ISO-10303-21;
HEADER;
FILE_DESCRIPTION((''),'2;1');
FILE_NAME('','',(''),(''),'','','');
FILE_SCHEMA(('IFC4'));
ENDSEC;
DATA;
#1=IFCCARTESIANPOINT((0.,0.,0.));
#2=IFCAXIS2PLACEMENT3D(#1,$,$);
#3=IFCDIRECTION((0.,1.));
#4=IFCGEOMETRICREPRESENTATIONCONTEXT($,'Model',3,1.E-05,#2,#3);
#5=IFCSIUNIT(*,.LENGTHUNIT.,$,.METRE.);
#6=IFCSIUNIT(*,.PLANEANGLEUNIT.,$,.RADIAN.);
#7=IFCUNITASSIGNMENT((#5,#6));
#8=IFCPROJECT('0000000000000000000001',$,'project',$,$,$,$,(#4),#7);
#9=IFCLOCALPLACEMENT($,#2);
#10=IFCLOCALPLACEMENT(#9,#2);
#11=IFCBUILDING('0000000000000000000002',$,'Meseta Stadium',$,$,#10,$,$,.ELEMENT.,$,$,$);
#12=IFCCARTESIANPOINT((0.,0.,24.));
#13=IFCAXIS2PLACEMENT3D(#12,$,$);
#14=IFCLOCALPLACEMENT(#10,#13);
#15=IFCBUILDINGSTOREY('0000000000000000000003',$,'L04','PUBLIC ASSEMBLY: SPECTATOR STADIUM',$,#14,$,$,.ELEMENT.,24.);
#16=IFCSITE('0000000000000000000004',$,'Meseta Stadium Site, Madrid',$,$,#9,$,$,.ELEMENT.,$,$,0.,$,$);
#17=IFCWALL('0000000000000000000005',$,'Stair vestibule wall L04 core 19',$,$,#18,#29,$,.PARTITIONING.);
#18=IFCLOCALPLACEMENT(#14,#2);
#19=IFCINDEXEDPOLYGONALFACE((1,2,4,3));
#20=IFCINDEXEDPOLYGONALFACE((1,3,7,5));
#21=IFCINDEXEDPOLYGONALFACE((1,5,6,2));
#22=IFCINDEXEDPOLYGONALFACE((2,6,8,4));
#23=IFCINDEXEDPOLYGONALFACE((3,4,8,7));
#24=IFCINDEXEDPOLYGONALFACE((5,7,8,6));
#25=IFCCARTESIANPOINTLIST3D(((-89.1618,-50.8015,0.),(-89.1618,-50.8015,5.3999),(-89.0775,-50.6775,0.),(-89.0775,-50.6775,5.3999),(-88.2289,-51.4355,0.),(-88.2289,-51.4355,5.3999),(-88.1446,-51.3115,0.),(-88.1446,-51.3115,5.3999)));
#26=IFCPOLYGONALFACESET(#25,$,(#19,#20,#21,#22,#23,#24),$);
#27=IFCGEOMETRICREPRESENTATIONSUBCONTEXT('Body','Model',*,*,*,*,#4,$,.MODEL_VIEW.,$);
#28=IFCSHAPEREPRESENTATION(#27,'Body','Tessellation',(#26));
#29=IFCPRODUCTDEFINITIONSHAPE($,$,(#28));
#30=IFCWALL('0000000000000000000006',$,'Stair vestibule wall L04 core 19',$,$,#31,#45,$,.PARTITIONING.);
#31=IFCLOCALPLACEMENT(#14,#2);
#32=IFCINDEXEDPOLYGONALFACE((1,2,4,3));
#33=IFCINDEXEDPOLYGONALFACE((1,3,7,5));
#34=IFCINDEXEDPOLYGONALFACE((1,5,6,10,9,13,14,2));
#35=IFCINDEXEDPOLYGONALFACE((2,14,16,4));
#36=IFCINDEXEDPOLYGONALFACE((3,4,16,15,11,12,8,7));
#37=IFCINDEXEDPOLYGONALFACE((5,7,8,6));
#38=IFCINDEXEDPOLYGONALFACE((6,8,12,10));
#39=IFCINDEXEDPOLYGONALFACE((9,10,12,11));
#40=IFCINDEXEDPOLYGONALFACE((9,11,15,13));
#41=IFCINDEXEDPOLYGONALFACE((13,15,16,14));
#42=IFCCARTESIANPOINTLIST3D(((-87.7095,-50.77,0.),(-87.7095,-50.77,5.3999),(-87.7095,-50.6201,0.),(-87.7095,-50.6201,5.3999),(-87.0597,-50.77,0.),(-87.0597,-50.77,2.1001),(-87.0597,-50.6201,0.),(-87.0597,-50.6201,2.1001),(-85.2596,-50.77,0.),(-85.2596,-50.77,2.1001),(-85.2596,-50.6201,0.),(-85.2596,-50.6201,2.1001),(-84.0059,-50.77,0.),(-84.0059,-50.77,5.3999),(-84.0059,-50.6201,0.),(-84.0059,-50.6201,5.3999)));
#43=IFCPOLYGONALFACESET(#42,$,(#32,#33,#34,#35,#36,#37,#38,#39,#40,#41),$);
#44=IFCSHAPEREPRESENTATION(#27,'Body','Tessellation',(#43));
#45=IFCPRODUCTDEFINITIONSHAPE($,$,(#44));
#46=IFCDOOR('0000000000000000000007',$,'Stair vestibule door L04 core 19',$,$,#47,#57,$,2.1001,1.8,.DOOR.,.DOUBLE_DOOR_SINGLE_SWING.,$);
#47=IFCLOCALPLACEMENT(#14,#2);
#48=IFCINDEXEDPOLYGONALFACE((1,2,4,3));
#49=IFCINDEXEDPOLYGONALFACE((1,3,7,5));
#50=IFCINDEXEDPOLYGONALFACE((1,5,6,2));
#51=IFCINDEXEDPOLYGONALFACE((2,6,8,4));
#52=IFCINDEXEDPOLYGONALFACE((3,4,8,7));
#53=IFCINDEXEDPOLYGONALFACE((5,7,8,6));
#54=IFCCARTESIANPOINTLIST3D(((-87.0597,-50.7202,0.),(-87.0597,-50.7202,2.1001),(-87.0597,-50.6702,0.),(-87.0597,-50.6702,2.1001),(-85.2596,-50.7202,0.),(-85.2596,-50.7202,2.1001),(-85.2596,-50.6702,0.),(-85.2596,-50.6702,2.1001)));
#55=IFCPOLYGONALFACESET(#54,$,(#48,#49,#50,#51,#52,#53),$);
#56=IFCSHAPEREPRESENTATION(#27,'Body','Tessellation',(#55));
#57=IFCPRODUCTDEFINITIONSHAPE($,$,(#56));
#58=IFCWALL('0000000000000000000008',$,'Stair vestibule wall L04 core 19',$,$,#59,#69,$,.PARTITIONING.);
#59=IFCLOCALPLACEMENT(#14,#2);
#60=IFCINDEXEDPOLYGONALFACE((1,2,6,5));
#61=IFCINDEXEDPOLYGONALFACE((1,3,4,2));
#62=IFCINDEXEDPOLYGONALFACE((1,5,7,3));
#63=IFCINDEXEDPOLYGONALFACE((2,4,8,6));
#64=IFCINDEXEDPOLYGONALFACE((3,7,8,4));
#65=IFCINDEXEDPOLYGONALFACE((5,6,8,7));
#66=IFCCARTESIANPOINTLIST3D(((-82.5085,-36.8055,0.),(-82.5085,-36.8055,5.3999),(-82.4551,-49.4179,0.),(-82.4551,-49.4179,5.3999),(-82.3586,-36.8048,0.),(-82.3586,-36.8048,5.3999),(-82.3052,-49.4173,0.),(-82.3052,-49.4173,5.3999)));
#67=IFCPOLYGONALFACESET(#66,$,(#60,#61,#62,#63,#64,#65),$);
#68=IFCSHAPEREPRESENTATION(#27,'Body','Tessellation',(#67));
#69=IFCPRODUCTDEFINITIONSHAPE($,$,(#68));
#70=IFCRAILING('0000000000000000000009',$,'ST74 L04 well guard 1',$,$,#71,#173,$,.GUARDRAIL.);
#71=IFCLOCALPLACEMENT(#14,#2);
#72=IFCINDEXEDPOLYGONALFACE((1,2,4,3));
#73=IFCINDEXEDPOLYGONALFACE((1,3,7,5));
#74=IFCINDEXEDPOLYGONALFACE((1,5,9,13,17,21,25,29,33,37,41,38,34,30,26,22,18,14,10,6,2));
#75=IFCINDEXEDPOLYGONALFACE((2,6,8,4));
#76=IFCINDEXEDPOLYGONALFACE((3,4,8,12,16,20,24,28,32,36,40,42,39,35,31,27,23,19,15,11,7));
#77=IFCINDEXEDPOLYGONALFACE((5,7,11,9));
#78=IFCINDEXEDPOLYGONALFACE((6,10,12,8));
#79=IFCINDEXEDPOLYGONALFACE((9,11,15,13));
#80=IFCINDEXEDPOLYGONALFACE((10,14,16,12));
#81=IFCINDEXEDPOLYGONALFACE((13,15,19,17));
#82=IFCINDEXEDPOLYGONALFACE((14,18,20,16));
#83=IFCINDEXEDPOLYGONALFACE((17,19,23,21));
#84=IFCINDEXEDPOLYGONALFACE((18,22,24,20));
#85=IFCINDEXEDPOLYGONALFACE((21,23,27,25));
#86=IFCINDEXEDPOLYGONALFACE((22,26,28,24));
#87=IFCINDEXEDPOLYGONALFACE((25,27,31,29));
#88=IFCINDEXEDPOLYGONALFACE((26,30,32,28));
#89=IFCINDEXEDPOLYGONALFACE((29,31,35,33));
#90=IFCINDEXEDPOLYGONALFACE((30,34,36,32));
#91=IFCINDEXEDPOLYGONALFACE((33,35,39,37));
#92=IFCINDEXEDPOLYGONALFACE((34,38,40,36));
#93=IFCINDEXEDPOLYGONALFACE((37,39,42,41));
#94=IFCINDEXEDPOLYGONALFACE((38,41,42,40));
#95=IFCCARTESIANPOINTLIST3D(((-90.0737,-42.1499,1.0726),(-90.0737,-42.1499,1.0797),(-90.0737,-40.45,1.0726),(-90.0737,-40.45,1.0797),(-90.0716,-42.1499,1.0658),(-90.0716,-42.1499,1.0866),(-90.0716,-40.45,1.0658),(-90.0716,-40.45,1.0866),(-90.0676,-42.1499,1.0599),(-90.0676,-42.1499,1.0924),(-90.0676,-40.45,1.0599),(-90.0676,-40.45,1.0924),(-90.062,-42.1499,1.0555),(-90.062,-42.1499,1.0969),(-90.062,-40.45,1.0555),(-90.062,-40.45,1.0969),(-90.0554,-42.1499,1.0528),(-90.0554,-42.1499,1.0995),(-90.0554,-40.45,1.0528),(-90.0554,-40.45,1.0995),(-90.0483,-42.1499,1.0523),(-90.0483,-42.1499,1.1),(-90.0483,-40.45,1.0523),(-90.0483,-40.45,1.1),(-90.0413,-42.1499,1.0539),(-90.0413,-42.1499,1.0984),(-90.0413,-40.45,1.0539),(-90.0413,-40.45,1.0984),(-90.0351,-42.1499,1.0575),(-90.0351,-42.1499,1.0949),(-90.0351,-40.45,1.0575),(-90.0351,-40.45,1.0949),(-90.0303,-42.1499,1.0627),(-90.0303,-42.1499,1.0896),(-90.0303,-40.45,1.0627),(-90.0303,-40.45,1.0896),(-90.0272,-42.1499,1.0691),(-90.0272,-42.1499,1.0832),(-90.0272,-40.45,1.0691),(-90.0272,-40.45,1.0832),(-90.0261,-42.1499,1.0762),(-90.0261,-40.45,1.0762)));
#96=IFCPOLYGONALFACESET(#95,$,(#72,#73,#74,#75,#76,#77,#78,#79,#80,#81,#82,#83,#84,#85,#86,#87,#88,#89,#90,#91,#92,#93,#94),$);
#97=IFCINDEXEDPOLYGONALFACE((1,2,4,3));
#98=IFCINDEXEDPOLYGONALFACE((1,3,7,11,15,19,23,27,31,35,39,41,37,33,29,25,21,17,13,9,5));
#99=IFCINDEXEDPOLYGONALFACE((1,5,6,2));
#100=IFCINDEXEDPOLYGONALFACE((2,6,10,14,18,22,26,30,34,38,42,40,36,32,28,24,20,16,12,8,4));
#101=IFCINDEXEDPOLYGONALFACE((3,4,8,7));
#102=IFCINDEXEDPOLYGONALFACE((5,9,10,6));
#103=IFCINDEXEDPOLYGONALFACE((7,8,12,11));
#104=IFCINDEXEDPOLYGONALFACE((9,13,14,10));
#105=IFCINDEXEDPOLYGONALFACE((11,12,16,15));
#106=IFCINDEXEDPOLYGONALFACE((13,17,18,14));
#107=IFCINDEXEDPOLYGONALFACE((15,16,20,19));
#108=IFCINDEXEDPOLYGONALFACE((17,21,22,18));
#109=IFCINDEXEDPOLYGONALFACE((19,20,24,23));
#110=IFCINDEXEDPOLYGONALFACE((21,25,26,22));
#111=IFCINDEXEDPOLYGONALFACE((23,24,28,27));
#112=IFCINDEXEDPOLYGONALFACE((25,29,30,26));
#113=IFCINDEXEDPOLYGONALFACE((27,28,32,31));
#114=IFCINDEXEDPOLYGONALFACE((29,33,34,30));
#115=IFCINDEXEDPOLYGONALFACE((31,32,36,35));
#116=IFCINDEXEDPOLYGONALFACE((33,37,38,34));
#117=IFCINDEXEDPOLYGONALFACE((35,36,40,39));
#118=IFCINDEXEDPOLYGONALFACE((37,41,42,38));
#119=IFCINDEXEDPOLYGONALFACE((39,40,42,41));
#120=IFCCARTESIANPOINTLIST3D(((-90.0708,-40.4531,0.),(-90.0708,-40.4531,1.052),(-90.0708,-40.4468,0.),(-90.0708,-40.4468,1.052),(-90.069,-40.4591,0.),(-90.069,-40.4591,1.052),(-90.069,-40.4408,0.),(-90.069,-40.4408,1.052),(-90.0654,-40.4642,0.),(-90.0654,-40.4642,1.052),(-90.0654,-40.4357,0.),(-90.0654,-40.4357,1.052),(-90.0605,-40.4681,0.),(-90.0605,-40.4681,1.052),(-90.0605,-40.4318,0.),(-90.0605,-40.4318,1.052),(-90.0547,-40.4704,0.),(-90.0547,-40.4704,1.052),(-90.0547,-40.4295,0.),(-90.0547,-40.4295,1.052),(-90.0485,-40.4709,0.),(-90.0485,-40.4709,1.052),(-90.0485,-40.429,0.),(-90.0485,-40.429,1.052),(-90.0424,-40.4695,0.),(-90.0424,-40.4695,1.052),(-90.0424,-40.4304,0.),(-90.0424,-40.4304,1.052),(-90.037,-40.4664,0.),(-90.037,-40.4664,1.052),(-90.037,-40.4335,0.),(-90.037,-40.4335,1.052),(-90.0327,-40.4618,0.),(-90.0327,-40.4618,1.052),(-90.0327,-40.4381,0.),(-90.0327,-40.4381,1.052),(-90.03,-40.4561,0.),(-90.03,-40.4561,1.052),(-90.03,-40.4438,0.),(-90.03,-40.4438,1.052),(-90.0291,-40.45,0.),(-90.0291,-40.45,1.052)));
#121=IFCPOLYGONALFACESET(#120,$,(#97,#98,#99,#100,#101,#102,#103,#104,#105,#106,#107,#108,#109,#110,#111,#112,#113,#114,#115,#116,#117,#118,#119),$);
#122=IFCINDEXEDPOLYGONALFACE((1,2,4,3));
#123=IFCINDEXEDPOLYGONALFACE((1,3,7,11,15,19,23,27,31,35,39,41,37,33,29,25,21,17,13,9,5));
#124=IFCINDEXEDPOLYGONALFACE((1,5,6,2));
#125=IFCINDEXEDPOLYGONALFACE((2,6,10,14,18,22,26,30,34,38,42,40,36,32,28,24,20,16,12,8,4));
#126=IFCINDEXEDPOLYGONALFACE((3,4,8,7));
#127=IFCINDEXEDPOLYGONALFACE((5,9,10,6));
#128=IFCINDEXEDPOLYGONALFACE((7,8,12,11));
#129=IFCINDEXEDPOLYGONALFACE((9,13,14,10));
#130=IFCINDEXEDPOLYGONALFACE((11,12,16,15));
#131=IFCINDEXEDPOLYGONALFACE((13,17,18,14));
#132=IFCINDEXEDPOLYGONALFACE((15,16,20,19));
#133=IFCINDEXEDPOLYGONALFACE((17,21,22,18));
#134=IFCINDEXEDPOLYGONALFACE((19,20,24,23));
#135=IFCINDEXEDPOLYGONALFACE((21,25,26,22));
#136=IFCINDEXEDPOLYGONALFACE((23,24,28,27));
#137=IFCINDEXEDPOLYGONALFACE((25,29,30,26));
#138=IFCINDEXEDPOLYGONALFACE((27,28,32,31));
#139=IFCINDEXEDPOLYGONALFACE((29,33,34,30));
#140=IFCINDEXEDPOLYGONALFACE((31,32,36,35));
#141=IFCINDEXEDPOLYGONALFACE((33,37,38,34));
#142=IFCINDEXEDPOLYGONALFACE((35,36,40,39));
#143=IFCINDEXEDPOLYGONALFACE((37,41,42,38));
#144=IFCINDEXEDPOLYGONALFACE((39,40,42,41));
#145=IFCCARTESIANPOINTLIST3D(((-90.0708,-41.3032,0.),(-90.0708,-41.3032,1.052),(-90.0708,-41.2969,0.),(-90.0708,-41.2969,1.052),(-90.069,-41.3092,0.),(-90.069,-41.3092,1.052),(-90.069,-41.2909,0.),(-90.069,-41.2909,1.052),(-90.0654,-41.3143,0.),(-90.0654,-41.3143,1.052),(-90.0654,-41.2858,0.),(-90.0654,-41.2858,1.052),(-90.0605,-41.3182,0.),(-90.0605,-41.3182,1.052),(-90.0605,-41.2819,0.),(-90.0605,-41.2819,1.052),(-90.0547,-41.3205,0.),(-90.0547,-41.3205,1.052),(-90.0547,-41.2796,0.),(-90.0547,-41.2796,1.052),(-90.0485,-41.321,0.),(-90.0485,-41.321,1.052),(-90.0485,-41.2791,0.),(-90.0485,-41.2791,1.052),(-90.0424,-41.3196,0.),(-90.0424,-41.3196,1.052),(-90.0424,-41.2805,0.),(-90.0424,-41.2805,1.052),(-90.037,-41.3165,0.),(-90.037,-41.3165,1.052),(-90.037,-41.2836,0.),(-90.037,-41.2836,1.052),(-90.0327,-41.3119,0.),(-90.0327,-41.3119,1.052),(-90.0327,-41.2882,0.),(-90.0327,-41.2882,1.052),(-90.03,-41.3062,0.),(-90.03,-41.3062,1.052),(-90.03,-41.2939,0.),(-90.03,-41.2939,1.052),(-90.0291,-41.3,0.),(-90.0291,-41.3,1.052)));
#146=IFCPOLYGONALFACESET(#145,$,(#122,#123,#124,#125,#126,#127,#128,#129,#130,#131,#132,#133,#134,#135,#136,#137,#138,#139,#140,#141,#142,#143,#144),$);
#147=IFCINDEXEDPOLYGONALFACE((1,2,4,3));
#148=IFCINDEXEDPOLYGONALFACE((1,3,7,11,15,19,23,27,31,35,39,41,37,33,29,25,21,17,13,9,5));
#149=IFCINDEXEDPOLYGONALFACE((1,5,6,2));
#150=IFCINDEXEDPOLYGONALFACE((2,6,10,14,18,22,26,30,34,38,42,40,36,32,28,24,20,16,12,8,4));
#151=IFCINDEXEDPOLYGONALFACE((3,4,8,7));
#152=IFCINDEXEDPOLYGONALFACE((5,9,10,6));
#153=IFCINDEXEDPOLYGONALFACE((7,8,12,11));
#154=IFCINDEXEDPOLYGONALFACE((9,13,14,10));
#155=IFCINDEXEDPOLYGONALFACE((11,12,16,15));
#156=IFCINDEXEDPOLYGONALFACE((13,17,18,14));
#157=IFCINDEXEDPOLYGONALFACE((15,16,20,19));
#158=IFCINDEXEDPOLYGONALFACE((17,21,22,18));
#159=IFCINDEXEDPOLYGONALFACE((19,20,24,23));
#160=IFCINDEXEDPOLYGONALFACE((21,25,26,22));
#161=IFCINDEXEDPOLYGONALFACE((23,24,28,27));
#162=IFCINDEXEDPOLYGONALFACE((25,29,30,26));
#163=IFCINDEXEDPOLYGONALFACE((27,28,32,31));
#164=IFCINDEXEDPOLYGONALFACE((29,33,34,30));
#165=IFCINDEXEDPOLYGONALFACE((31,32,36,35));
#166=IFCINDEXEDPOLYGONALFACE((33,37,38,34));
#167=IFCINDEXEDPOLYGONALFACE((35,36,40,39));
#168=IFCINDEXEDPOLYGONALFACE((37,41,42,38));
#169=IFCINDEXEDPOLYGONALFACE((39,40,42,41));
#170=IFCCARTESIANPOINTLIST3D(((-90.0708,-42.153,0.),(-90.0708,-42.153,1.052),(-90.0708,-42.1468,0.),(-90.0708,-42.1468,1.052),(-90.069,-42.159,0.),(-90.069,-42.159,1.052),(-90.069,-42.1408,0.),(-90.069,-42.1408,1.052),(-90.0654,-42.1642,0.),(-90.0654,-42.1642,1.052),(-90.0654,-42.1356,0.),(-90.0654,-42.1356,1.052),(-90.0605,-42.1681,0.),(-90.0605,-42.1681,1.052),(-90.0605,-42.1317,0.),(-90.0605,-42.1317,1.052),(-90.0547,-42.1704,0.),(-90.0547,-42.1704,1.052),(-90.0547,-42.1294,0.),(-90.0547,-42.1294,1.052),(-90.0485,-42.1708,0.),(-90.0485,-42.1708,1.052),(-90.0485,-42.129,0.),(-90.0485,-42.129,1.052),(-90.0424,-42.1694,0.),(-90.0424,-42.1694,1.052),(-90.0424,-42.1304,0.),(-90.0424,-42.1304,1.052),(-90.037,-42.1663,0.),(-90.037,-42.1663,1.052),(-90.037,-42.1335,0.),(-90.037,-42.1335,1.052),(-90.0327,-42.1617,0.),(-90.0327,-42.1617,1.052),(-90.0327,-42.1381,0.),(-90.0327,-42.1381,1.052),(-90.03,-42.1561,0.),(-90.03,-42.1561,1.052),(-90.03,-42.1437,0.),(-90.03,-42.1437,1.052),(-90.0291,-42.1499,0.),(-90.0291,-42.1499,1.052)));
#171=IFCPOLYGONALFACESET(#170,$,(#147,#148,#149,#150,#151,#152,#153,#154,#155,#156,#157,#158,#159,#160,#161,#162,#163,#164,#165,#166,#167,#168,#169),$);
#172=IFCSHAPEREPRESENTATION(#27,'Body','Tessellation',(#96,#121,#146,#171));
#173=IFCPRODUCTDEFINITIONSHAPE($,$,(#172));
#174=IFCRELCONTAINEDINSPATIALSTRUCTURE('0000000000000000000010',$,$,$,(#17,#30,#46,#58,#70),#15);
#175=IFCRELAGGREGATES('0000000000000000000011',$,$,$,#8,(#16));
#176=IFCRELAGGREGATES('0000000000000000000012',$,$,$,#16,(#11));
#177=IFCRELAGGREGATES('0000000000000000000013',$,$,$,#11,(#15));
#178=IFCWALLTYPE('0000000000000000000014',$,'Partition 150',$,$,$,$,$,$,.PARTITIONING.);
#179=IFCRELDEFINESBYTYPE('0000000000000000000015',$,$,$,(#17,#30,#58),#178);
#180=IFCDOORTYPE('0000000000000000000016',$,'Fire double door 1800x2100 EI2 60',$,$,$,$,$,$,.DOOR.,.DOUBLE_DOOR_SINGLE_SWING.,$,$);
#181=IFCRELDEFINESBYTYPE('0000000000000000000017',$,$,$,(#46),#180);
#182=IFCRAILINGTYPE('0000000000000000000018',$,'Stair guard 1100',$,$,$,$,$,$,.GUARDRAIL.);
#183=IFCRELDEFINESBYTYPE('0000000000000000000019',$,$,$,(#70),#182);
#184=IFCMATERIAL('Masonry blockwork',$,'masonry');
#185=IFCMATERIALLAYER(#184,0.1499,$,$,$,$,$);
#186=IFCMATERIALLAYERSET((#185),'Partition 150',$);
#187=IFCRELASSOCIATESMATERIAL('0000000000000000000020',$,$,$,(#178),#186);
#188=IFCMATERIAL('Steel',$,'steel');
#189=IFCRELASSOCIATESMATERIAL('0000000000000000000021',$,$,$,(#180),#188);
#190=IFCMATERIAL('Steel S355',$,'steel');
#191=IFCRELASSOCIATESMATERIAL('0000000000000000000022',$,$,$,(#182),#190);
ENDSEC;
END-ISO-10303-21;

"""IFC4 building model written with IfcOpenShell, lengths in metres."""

from ifc_helpers import new_model, si_unit, direction, frame, frame_2d, origin, origin_2d, place, context, subcontext, project, spatial, rectangle, circle, extrude, material, layer, layer_set, type_object, element, fill, save


model = new_model("IFC4")

# Units and contexts
model_context = context("Model", 3, precision=1e-05, world=origin(), true_north=direction((0.0, 1.0)))
body_context = subcontext(model_context, "Body", "Model", "MODEL_VIEW")
ifc_project = project(units=[si_unit("LENGTHUNIT", "METRE"), si_unit("PLANEANGLEUNIT", "RADIAN")], contexts=[model_context])

# Site, building, storey
site_placement = place(None, origin())
site = spatial("IfcSite", under=ifc_project, at=site_placement, Name="Meseta Stadium Site, Madrid", CompositionType="ELEMENT", RefElevation=0.0)
building_placement = place(site_placement, origin())
building = spatial("IfcBuilding", under=site, at=building_placement, Name="Meseta Stadium", CompositionType="ELEMENT")
storey_placement = place(building_placement, frame((0.0, 0.0, 24.0)))
storey = spatial("IfcBuildingStorey", under=building, at=storey_placement, Name="L04", Description="PUBLIC ASSEMBLY: SPECTATOR STADIUM", CompositionType="ELEMENT", Elevation=24.0)

# Wall
ifc_material_1 = material(Name="Masonry blockwork", Category="masonry")
ifc_layer_1 = layer(ifc_material_1, 0.1499)
ifc_layer_set_1 = layer_set([ifc_layer_1], Name="Partition 150")
wall_type_1 = type_object("IfcWallType", Name="Partition 150", PredefinedType="PARTITIONING", material=ifc_layer_set_1)
wall_1_placement = place(storey_placement, frame((-89.1196, -50.7395, 0.0), z_axis=(0.0, 0.0, 1.0), x_axis=(0.827055, -0.562121, 0.0)))
element("IfcWall", 1, at=wall_1_placement, inside=storey, type_object=wall_type_1, Name="Stair vestibule wall L04 core 19", PredefinedType="PARTITIONING", context=body_context, shape_type="SweptSolid", body=[
    extrude(rectangle(XDim=1.1279, YDim=0.1499, at=frame_2d((0.564, 0.0))), origin(), (0.0, 0.0, 1.0), 5.3999),
])

# Wall, opening, door
wall_2_placement = place(storey_placement, frame((-87.7095, -50.6951, 0.0), z_axis=(0.0, 0.0, 1.0), x_axis=(1.0, 0.0, 0.0)))
wall_2 = element("IfcWall", 2, at=wall_2_placement, inside=storey, type_object=wall_type_1, Name="Stair vestibule wall L04 core 19", PredefinedType="PARTITIONING", context=body_context, shape_type="SweptSolid", body=[
    extrude(rectangle(XDim=3.7036, YDim=0.1499, at=frame_2d((1.8518, 0.0))), origin(), (0.0, 0.0, 1.0), 5.3999),
])
opening_1_placement = place(wall_2_placement, frame((0.6499, 0.0, 0.0)))
opening_1 = element("IfcOpeningElement", 3, at=opening_1_placement, cuts=wall_2, PredefinedType="OPENING", context=body_context, shape_type="SweptSolid", body=[
    extrude(rectangle(XDim=1.8, YDim=2.1001, at=frame_2d((0.8999, 1.05))), frame((0.0, 0.085, 0.0), z_axis=(0.0, -1.0, 0.0), x_axis=(1.0, 0.0, 0.0)), (0.0, 0.0, 1.0), 0.1699),
])
ifc_material_2 = material(Name="Steel", Category="steel")
door_type_1 = type_object("IfcDoorType", Name="Fire double door 1800x2100 EI2 60", OperationType="DOUBLE_DOOR_SINGLE_SWING", PredefinedType="DOOR", material=ifc_material_2)
door_1_placement = place(opening_1_placement, origin())
door_1 = element("IfcDoor", 4, at=door_1_placement, inside=storey, type_object=door_type_1, Name="Stair vestibule door L04 core 19", OperationType="DOUBLE_DOOR_SINGLE_SWING", OverallHeight=2.1001, OverallWidth=1.8, PredefinedType="DOOR", context=body_context, shape_type="SweptSolid", body=[
    extrude(rectangle(XDim=1.8, YDim=2.1001, at=frame_2d((0.8999, 1.05))), frame((0.0, 0.0249, 0.0), z_axis=(0.0, -1.0, 0.0), x_axis=(1.0, 0.0, 0.0)), (0.0, 0.0, 1.0), 0.05),
])
fill(opening_1, door_1)

# Wall
wall_3_placement = place(storey_placement, frame((-82.3801, -49.4175, 0.0), z_axis=(0.0, 0.0, 1.0), x_axis=(-0.004239, 0.999991, 0.0)))
element("IfcWall", 5, at=wall_3_placement, inside=storey, type_object=wall_type_1, Name="Stair vestibule wall L04 core 19", PredefinedType="PARTITIONING", context=body_context, shape_type="SweptSolid", body=[
    extrude(rectangle(XDim=12.6125, YDim=0.1499, at=frame_2d((6.3062, 0.0))), origin(), (0.0, 0.0, 1.0), 5.3999),
])

# Railing
ifc_material_3 = material(Name="Steel S355", Category="steel")
railing_type_1 = type_object("IfcRailingType", Name="Stair guard 1100", PredefinedType="GUARDRAIL", material=ifc_material_3)
for number, where, name in (
    (6, (-90.05, -40.45, 0.0), "ST74 L04 well guard 1"),
):
    element("IfcRailing", number, at=place(storey_placement, frame(where)), inside=storey, type_object=railing_type_1, Name=name, PredefinedType="GUARDRAIL", context=body_context, shape_type="SweptSolid", body=[
        extrude(circle(Radius=0.0239, at=origin_2d()), frame((0.0, 0.0, 1.0762), z_axis=(0.0, -1.0, 0.0), x_axis=(1.0, 0.0, 0.0)), (0.0, 0.0, 1.0), 1.7),
        extrude(circle(Radius=0.021, at=origin_2d()), origin(), (0.0, 0.0, 1.0), 1.052),
        extrude(circle(Radius=0.021, at=origin_2d()), frame((0.0, -0.8501, 0.0)), (0.0, 0.0, 1.0), 1.052),
        extrude(circle(Radius=0.021, at=origin_2d()), frame((0.0, -1.7, 0.0)), (0.0, 0.0, 1.0), 1.052),
    ])

save(model, "model.ifc")
